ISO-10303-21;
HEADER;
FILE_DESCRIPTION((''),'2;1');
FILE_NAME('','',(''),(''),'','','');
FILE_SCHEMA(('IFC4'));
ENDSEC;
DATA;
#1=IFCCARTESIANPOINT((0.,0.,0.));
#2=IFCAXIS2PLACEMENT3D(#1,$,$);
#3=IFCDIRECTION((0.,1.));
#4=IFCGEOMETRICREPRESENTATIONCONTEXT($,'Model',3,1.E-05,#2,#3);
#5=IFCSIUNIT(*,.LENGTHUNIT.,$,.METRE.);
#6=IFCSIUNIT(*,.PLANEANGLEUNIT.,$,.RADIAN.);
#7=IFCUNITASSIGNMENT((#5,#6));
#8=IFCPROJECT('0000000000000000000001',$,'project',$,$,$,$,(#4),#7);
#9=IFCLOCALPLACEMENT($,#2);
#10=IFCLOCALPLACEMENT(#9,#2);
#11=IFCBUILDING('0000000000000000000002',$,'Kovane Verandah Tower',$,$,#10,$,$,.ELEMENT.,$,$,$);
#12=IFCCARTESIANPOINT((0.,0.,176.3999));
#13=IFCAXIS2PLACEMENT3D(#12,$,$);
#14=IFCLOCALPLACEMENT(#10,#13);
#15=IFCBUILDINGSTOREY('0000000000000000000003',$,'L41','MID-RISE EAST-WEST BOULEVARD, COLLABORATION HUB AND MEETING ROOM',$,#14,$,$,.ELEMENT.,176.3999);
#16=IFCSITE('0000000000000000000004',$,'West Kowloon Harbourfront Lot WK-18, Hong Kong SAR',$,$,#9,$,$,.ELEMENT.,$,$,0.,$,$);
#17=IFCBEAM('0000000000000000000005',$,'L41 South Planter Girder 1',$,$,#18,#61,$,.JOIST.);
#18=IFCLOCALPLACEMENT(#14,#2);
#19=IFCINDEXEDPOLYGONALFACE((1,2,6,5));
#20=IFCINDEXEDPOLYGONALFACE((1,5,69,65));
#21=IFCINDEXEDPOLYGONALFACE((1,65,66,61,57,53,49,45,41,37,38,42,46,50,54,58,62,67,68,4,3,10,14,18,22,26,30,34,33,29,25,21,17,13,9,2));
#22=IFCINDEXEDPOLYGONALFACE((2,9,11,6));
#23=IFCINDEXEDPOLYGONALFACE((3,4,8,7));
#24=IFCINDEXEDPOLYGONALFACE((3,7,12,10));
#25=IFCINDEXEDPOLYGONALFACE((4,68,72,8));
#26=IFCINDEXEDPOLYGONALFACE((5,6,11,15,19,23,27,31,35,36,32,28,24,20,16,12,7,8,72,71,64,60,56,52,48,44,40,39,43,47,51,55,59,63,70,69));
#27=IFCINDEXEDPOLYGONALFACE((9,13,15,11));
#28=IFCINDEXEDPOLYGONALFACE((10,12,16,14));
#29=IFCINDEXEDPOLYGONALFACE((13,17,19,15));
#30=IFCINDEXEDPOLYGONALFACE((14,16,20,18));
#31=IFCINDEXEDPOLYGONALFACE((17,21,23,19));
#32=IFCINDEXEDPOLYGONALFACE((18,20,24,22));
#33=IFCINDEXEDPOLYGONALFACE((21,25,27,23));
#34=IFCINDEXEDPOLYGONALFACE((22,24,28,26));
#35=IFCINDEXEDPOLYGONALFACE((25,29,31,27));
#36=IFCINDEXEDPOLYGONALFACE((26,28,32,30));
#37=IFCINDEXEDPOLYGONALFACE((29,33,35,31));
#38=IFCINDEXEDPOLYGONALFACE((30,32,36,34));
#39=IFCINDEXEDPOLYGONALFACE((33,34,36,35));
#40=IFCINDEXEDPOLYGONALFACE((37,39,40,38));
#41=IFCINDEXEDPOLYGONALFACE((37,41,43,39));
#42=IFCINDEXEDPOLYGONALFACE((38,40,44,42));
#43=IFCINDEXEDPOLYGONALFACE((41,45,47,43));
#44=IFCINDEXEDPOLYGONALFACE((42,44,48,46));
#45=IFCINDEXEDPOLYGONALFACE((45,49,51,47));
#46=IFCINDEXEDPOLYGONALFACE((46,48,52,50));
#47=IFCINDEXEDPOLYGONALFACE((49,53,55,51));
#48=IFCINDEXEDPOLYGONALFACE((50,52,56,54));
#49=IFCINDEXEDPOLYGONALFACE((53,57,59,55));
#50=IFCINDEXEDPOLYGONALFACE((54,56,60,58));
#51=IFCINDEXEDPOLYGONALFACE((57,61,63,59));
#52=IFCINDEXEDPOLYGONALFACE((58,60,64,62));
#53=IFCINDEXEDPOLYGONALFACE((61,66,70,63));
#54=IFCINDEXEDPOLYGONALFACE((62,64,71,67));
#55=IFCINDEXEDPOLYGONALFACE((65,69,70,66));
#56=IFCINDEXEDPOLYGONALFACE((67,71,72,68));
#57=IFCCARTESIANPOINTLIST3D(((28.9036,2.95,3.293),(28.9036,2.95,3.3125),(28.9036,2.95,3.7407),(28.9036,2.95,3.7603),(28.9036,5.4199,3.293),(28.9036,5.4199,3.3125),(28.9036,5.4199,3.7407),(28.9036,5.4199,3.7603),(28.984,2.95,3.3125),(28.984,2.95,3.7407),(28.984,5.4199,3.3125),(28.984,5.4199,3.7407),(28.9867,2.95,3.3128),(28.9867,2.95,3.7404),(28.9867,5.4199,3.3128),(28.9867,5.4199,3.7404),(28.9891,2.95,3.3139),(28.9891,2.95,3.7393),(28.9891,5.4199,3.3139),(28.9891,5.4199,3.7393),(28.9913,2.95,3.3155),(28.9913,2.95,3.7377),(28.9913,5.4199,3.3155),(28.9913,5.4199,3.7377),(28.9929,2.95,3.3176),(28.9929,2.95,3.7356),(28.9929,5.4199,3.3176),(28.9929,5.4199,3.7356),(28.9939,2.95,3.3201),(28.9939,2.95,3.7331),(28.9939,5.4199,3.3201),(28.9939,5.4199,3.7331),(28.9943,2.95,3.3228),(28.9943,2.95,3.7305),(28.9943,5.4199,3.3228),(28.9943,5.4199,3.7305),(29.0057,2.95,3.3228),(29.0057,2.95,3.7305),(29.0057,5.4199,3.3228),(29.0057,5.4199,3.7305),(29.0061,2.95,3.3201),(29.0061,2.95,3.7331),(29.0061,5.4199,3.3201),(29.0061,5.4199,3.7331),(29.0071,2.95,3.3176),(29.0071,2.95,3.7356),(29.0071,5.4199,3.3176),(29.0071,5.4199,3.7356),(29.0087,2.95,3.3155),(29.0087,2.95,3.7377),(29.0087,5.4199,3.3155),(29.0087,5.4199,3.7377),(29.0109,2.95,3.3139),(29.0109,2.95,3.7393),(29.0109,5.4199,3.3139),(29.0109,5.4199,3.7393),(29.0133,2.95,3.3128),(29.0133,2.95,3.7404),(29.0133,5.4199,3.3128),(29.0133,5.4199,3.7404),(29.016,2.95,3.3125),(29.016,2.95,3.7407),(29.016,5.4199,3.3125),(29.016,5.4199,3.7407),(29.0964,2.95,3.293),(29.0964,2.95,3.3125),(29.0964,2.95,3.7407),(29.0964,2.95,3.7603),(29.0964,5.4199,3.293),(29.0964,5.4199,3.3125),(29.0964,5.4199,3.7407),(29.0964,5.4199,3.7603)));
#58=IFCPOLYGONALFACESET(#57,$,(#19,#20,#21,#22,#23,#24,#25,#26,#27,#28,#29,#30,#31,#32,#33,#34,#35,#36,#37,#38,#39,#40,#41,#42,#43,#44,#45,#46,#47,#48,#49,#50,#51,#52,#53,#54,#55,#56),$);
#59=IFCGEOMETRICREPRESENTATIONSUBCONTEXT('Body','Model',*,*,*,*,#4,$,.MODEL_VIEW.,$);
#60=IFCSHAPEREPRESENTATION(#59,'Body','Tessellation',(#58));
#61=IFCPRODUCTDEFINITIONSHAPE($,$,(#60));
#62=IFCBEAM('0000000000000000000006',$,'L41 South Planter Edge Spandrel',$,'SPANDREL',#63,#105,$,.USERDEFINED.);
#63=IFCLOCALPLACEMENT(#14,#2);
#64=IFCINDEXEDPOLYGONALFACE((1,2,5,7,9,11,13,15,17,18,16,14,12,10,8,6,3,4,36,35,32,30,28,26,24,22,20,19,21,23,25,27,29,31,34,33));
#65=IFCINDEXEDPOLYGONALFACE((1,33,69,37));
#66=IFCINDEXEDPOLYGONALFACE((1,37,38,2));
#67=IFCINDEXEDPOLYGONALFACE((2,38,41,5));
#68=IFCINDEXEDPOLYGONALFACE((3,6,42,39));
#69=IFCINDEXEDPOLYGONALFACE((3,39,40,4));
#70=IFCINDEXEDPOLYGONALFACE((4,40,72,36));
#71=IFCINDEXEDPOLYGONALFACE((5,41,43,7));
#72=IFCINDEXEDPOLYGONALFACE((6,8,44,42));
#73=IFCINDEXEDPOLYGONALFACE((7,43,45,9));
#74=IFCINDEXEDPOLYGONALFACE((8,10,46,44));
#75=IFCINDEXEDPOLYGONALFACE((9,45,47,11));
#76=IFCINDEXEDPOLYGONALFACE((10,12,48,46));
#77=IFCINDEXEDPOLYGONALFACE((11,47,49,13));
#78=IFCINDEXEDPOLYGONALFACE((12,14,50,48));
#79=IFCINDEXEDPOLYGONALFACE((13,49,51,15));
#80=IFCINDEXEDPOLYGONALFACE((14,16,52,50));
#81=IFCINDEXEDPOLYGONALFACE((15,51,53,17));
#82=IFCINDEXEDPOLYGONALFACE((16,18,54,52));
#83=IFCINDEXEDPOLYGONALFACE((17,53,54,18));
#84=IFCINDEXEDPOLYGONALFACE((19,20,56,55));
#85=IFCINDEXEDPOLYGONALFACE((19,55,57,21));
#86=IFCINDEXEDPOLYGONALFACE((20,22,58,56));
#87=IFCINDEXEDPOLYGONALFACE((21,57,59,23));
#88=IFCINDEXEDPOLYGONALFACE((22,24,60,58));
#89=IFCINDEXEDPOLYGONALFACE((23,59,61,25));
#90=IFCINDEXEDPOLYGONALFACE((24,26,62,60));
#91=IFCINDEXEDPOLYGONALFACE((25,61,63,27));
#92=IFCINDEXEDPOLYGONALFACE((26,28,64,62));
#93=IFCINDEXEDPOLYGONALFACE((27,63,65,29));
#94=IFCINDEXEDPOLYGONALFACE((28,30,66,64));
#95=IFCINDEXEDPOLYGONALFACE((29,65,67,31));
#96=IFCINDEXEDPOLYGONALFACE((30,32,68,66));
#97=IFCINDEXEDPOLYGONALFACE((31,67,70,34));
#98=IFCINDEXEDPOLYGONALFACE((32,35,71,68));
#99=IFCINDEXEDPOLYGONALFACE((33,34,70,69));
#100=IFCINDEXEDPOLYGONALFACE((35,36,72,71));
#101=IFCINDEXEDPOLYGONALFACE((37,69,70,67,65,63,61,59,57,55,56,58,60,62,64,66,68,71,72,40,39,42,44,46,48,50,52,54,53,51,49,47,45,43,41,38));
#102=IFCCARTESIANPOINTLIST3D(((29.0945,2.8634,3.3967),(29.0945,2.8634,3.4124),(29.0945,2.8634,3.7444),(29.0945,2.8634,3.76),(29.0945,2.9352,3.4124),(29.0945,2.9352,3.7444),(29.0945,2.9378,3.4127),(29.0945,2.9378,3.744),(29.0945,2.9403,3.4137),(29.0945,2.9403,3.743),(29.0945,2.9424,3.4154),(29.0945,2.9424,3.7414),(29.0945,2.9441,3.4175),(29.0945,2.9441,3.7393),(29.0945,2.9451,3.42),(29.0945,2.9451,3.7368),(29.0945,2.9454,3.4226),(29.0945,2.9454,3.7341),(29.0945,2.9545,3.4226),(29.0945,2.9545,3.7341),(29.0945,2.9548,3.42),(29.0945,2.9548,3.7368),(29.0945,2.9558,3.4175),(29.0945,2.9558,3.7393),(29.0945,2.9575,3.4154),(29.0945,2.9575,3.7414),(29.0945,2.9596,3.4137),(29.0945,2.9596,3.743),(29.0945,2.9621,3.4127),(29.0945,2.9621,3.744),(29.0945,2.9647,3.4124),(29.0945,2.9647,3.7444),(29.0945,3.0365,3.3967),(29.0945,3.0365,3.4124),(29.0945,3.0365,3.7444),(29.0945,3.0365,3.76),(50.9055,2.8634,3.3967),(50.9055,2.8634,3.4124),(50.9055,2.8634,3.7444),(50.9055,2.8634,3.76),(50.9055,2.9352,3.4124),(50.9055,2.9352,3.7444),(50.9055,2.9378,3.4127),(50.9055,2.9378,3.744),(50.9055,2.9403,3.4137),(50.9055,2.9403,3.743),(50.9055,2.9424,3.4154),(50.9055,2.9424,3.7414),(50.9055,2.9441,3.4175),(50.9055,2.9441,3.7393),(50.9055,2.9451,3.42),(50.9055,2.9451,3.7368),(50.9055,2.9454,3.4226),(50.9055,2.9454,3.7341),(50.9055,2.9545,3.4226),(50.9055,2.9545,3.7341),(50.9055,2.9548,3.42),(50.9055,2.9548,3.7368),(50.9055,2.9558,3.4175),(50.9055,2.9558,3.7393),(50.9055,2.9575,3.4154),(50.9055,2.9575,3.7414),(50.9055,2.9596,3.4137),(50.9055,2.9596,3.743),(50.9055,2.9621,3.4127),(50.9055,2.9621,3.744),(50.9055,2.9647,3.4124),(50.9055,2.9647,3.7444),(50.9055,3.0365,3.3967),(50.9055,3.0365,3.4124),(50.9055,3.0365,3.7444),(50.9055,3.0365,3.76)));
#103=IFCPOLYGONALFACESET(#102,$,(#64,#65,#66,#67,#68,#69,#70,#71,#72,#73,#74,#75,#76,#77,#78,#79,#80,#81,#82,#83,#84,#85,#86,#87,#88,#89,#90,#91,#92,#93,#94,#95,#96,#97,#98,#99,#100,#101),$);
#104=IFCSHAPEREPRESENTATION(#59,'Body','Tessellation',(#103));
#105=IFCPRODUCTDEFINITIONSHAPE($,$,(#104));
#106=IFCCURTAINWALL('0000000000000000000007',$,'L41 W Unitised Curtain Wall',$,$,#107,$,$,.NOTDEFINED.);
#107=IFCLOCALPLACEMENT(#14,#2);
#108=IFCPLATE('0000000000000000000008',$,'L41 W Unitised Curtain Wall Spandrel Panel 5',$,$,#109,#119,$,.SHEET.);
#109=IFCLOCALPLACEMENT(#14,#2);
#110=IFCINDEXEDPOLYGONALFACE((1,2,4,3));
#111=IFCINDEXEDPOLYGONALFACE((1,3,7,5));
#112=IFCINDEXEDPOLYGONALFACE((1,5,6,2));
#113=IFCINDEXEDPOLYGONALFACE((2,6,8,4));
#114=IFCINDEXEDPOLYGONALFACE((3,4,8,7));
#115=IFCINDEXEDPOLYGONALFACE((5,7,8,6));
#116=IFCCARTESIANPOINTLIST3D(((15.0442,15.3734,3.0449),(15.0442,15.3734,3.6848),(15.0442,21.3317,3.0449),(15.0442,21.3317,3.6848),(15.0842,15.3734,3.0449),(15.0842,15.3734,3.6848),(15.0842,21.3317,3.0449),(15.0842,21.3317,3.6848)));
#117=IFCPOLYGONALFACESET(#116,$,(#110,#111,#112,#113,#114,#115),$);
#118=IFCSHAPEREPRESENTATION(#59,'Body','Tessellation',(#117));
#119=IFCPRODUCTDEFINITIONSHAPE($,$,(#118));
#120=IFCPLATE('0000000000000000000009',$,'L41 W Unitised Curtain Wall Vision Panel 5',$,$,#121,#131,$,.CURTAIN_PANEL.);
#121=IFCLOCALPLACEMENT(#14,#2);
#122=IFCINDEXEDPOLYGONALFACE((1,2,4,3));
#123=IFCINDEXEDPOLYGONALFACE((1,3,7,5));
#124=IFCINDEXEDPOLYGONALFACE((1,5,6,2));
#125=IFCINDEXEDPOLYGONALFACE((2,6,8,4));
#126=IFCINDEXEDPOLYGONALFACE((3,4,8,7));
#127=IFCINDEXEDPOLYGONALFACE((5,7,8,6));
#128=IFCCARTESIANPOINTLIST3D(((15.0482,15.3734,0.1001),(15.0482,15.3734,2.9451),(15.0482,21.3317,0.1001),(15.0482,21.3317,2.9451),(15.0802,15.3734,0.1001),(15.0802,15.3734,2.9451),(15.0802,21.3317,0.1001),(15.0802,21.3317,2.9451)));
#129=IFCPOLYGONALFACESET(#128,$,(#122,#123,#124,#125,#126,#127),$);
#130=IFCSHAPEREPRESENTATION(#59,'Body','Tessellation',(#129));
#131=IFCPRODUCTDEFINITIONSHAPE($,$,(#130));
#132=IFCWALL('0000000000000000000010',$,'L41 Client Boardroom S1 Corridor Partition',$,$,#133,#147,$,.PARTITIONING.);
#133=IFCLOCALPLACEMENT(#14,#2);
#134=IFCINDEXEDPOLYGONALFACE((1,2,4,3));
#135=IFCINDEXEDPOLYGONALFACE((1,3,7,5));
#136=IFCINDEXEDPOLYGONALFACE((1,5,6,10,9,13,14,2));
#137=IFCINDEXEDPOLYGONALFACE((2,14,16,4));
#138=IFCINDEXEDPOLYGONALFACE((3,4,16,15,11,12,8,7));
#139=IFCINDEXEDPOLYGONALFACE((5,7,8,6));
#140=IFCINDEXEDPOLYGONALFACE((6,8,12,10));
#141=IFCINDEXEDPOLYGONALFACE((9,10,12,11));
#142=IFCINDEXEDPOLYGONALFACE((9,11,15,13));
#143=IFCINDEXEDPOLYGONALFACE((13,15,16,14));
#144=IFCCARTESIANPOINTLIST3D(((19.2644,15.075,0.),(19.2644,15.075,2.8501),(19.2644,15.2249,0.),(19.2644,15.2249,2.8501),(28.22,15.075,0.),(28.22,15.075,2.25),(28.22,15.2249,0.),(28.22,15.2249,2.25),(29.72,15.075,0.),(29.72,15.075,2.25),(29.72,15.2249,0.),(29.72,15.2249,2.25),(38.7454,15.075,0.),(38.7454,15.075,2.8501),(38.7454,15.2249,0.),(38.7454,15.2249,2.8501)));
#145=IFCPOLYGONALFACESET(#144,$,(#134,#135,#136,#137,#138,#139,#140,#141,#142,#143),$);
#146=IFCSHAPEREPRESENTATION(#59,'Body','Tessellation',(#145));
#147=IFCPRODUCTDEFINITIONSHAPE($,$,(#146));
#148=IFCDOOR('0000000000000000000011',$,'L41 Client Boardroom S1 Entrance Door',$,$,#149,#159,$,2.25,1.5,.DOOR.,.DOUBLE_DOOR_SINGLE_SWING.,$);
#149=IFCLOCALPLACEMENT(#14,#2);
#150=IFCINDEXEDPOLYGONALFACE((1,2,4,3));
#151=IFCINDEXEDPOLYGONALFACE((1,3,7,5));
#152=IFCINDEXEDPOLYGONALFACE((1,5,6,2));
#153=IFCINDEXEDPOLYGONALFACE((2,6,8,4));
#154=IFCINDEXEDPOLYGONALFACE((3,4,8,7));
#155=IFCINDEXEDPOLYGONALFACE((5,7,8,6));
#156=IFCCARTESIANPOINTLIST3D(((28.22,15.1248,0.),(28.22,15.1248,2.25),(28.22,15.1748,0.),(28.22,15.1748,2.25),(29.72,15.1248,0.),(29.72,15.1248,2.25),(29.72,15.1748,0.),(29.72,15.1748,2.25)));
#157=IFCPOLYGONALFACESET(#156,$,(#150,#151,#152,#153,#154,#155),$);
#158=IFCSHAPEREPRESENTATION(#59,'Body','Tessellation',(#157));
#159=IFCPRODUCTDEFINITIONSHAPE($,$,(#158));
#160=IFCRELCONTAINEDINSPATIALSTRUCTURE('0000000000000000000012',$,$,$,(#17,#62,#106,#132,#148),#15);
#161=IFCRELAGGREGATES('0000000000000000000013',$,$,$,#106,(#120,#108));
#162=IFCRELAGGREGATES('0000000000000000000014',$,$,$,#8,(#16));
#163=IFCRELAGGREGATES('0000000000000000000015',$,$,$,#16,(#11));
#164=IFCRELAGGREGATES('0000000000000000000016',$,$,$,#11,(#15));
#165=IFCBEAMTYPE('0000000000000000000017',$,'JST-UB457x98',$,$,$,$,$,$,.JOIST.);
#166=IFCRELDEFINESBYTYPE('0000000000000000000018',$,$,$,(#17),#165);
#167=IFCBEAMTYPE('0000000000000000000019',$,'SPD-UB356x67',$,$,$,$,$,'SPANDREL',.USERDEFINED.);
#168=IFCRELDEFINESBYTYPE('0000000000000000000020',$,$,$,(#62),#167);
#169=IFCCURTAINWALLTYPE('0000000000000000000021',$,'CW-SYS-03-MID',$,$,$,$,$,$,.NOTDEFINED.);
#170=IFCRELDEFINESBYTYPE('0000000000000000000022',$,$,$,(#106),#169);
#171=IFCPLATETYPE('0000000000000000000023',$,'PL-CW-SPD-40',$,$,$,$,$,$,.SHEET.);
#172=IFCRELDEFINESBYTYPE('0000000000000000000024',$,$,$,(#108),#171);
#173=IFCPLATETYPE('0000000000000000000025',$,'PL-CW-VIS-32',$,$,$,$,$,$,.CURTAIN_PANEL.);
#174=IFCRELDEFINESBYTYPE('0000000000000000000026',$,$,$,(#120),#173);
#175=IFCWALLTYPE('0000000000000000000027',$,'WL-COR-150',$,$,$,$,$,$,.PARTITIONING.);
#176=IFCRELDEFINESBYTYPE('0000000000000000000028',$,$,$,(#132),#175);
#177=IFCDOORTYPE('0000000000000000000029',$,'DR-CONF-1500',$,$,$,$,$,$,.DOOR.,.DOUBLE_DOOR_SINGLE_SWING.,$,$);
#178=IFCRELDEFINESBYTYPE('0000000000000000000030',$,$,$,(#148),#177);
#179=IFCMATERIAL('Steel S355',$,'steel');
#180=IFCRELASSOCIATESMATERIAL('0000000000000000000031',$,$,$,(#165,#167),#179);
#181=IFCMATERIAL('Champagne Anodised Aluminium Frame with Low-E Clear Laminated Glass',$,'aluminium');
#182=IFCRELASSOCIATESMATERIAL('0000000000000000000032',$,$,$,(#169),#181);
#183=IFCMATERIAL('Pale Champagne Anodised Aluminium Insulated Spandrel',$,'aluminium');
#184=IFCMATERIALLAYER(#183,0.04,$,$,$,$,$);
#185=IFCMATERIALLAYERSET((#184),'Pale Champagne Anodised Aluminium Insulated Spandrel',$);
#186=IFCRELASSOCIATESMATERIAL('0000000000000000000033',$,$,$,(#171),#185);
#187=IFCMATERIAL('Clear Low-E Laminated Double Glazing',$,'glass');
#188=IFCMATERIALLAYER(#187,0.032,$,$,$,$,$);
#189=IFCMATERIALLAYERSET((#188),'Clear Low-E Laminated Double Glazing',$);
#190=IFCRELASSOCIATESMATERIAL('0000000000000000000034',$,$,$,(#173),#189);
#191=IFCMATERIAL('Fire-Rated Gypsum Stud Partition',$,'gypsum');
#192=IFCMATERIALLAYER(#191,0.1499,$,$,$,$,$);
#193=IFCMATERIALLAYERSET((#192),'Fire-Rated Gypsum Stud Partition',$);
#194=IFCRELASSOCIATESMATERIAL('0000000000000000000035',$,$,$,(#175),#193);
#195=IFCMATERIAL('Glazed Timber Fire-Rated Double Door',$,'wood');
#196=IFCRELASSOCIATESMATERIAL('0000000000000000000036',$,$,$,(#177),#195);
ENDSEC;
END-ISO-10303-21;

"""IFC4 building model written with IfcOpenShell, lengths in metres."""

from ifc_helpers import new_model, si_unit, direction, frame, frame_2d, origin, origin_2d, place, context, subcontext, project, spatial, rectangle, i_section, extrude, material, layer, layer_set, material_profile, profile_set, type_object, element, fill, aggregate, save


model = new_model("IFC4")

# Units and contexts
model_context = context("Model", 3, precision=1e-05, world=origin(), true_north=direction((0.0, 1.0)))
body_context = subcontext(model_context, "Body", "Model", "MODEL_VIEW")
ifc_project = project(units=[si_unit("LENGTHUNIT", "METRE"), si_unit("PLANEANGLEUNIT", "RADIAN")], contexts=[model_context])

# Site, building, storey
site_placement = place(None, origin())
site = spatial("IfcSite", under=ifc_project, at=site_placement, Name="West Kowloon Harbourfront Lot WK-18, Hong Kong SAR", CompositionType="ELEMENT", RefElevation=0.0)
building_placement = place(site_placement, origin())
building = spatial("IfcBuilding", under=site, at=building_placement, Name="Kovane Verandah Tower", CompositionType="ELEMENT")
storey_placement = place(building_placement, frame((0.0, 0.0, 176.3999)))
storey = spatial("IfcBuildingStorey", under=building, at=storey_placement, Name="L41", Description="MID-RISE EAST-WEST BOULEVARD, COLLABORATION HUB AND MEETING ROOM", CompositionType="ELEMENT", Elevation=176.3999)

# Beams
ifc_material_1 = material(Name="Steel S355", Category="steel")
ifc_material_profile_1 = material_profile(ifc_material_1, i_section(OverallWidth=0.1929, OverallDepth=0.4673, WebThickness=0.0115, FlangeThickness=0.0195, FilletRadius=0.0103, at=origin_2d()), Name="UB457x191x98")
ifc_profile_set_1 = profile_set([ifc_material_profile_1], Name="Steel S355")
beam_type_1 = type_object("IfcBeamType", Name="JST-UB457x98", PredefinedType="JOIST", material=ifc_profile_set_1)
beam_1_placement = place(storey_placement, frame((29.0, 5.4199, 3.5266), z_axis=(0.0, -1.0, 0.0), x_axis=(1.0, 0.0, 0.0)))
element("IfcBeam", 1, at=beam_1_placement, inside=storey, type_object=beam_type_1, Name="L41 South Planter Girder 1", PredefinedType="JOIST", context=body_context, shape_type="SweptSolid", body=[
    extrude(i_section(OverallWidth=0.1929, OverallDepth=0.4673, WebThickness=0.0115, FlangeThickness=0.0195, FilletRadius=0.0103, at=origin_2d()), origin(), (0.0, 0.0, 1.0), 2.47),
])
ifc_material_profile_2 = material_profile(ifc_material_1, i_section(OverallWidth=0.1731, OverallDepth=0.3633, WebThickness=0.009, FlangeThickness=0.0156, FilletRadius=0.0103, at=origin_2d()), Name="UB356x171x67")
ifc_profile_set_2 = profile_set([ifc_material_profile_2], Name="Steel S355")
beam_type_2 = type_object("IfcBeamType", Name="SPD-UB356x67", ElementType="SPANDREL", PredefinedType="USERDEFINED", material=ifc_profile_set_2)
beam_2_placement = place(storey_placement, frame((29.0945, 2.95, 3.5784), z_axis=(1.0, 0.0, 0.0), x_axis=(0.0, 1.0, 0.0)))
element("IfcBeam", 2, at=beam_2_placement, inside=storey, type_object=beam_type_2, Name="L41 South Planter Edge Spandrel", ObjectType="SPANDREL", PredefinedType="USERDEFINED", context=body_context, shape_type="SweptSolid", body=[
    extrude(i_section(OverallWidth=0.1731, OverallDepth=0.3633, WebThickness=0.009, FlangeThickness=0.0156, FilletRadius=0.0103, at=origin_2d()), origin(), (0.0, 0.0, 1.0), 21.811),
])

# Curtain wall, plates
ifc_material_2 = material(Name="Champagne Anodised Aluminium Frame with Low-E Clear Laminated Glass", Category="aluminium")
curtain_wall_type = type_object("IfcCurtainWallType", Name="CW-SYS-03-MID", PredefinedType="NOTDEFINED", material=ifc_material_2)
curtain_wall_placement = place(storey_placement, origin())
curtain_wall = element("IfcCurtainWall", 3, at=curtain_wall_placement, inside=storey, type_object=curtain_wall_type, Name="L41 W Unitised Curtain Wall", PredefinedType="NOTDEFINED")
ifc_material_3 = material(Name="Pale Champagne Anodised Aluminium Insulated Spandrel", Category="aluminium")
ifc_layer_1 = layer(ifc_material_3, 0.04)
ifc_layer_set_1 = layer_set([ifc_layer_1], Name="Pale Champagne Anodised Aluminium Insulated Spandrel")
plate_type_1 = type_object("IfcPlateType", Name="PL-CW-SPD-40", PredefinedType="SHEET", material=ifc_layer_set_1)
plate_1_placement = place(storey_placement, frame((15.0642, 18.3525, 3.0449), z_axis=(0.0, 0.0, 1.0), x_axis=(0.0, -1.0, 0.0)))
plate_1 = element("IfcPlate", 4, at=plate_1_placement, type_object=plate_type_1, Name="L41 W Unitised Curtain Wall Spandrel Panel 5", PredefinedType="SHEET", context=body_context, shape_type="SweptSolid", body=[
    extrude(rectangle(XDim=5.9583, YDim=0.04, at=origin_2d()), origin(), (0.0, 0.0, 1.0), 0.6399),
])
ifc_material_4 = material(Name="Clear Low-E Laminated Double Glazing", Category="glass")
ifc_layer_2 = layer(ifc_material_4, 0.032)
ifc_layer_set_2 = layer_set([ifc_layer_2], Name="Clear Low-E Laminated Double Glazing")
plate_type_2 = type_object("IfcPlateType", Name="PL-CW-VIS-32", PredefinedType="CURTAIN_PANEL", material=ifc_layer_set_2)
plate_2_placement = place(storey_placement, frame((15.0642, 18.3525, 0.1001), z_axis=(0.0, 0.0, 1.0), x_axis=(0.0, -1.0, 0.0)))
plate_2 = element("IfcPlate", 5, at=plate_2_placement, type_object=plate_type_2, Name="L41 W Unitised Curtain Wall Vision Panel 5", PredefinedType="CURTAIN_PANEL", context=body_context, shape_type="SweptSolid", body=[
    extrude(rectangle(XDim=5.9583, YDim=0.032, at=origin_2d()), origin(), (0.0, 0.0, 1.0), 2.845),
])
aggregate(curtain_wall, [plate_2, plate_1])

# Wall, opening, door
ifc_material_5 = material(Name="Fire-Rated Gypsum Stud Partition", Category="gypsum")
ifc_layer_3 = layer(ifc_material_5, 0.1499)
ifc_layer_set_3 = layer_set([ifc_layer_3], Name="Fire-Rated Gypsum Stud Partition")
wall_type_1 = type_object("IfcWallType", Name="WL-COR-150", PredefinedType="PARTITIONING", material=ifc_layer_set_3)
wall_1_placement = place(storey_placement, frame((19.2644, 15.1499, 0.0), z_axis=(0.0, 0.0, 1.0), x_axis=(1.0, 0.0, 0.0)))
wall_1 = element("IfcWall", 6, at=wall_1_placement, inside=storey, type_object=wall_type_1, Name="L41 Client Boardroom S1 Corridor Partition", PredefinedType="PARTITIONING", context=body_context, shape_type="SweptSolid", body=[
    extrude(rectangle(XDim=19.481, YDim=0.1499, at=frame_2d((9.7405, 0.0))), origin(), (0.0, 0.0, 1.0), 2.8501),
])
opening_1_placement = place(wall_1_placement, frame((8.9556, 0.0, 0.0)))
opening_1 = element("IfcOpeningElement", 7, at=opening_1_placement, cuts=wall_1, PredefinedType="OPENING", context=body_context, shape_type="SweptSolid", body=[
    extrude(rectangle(XDim=1.5, YDim=2.25, at=frame_2d((0.75, 1.125))), frame((0.0, 0.075, 0.0), z_axis=(0.0, -1.0, 0.0), x_axis=(1.0, 0.0, 0.0)), (0.0, 0.0, 1.0), 0.1499),
])
ifc_material_6 = material(Name="Glazed Timber Fire-Rated Double Door", Category="wood")
door_type_1 = type_object("IfcDoorType", Name="DR-CONF-1500", OperationType="DOUBLE_DOOR_SINGLE_SWING", PredefinedType="DOOR", material=ifc_material_6)
door_1_placement = place(opening_1_placement, origin())
door_1 = element("IfcDoor", 8, at=door_1_placement, inside=storey, type_object=door_type_1, Name="L41 Client Boardroom S1 Entrance Door", OperationType="DOUBLE_DOOR_SINGLE_SWING", OverallHeight=2.25, OverallWidth=1.5, PredefinedType="DOOR", context=body_context, shape_type="SweptSolid", body=[
    extrude(rectangle(XDim=1.5, YDim=2.25, at=frame_2d((0.75, 1.125))), frame((0.0, 0.0249, 0.0), z_axis=(0.0, -1.0, 0.0), x_axis=(1.0, 0.0, 0.0)), (0.0, 0.0, 1.0), 0.05),
])
fill(opening_1, door_1)

save(model, "model.ifc")
